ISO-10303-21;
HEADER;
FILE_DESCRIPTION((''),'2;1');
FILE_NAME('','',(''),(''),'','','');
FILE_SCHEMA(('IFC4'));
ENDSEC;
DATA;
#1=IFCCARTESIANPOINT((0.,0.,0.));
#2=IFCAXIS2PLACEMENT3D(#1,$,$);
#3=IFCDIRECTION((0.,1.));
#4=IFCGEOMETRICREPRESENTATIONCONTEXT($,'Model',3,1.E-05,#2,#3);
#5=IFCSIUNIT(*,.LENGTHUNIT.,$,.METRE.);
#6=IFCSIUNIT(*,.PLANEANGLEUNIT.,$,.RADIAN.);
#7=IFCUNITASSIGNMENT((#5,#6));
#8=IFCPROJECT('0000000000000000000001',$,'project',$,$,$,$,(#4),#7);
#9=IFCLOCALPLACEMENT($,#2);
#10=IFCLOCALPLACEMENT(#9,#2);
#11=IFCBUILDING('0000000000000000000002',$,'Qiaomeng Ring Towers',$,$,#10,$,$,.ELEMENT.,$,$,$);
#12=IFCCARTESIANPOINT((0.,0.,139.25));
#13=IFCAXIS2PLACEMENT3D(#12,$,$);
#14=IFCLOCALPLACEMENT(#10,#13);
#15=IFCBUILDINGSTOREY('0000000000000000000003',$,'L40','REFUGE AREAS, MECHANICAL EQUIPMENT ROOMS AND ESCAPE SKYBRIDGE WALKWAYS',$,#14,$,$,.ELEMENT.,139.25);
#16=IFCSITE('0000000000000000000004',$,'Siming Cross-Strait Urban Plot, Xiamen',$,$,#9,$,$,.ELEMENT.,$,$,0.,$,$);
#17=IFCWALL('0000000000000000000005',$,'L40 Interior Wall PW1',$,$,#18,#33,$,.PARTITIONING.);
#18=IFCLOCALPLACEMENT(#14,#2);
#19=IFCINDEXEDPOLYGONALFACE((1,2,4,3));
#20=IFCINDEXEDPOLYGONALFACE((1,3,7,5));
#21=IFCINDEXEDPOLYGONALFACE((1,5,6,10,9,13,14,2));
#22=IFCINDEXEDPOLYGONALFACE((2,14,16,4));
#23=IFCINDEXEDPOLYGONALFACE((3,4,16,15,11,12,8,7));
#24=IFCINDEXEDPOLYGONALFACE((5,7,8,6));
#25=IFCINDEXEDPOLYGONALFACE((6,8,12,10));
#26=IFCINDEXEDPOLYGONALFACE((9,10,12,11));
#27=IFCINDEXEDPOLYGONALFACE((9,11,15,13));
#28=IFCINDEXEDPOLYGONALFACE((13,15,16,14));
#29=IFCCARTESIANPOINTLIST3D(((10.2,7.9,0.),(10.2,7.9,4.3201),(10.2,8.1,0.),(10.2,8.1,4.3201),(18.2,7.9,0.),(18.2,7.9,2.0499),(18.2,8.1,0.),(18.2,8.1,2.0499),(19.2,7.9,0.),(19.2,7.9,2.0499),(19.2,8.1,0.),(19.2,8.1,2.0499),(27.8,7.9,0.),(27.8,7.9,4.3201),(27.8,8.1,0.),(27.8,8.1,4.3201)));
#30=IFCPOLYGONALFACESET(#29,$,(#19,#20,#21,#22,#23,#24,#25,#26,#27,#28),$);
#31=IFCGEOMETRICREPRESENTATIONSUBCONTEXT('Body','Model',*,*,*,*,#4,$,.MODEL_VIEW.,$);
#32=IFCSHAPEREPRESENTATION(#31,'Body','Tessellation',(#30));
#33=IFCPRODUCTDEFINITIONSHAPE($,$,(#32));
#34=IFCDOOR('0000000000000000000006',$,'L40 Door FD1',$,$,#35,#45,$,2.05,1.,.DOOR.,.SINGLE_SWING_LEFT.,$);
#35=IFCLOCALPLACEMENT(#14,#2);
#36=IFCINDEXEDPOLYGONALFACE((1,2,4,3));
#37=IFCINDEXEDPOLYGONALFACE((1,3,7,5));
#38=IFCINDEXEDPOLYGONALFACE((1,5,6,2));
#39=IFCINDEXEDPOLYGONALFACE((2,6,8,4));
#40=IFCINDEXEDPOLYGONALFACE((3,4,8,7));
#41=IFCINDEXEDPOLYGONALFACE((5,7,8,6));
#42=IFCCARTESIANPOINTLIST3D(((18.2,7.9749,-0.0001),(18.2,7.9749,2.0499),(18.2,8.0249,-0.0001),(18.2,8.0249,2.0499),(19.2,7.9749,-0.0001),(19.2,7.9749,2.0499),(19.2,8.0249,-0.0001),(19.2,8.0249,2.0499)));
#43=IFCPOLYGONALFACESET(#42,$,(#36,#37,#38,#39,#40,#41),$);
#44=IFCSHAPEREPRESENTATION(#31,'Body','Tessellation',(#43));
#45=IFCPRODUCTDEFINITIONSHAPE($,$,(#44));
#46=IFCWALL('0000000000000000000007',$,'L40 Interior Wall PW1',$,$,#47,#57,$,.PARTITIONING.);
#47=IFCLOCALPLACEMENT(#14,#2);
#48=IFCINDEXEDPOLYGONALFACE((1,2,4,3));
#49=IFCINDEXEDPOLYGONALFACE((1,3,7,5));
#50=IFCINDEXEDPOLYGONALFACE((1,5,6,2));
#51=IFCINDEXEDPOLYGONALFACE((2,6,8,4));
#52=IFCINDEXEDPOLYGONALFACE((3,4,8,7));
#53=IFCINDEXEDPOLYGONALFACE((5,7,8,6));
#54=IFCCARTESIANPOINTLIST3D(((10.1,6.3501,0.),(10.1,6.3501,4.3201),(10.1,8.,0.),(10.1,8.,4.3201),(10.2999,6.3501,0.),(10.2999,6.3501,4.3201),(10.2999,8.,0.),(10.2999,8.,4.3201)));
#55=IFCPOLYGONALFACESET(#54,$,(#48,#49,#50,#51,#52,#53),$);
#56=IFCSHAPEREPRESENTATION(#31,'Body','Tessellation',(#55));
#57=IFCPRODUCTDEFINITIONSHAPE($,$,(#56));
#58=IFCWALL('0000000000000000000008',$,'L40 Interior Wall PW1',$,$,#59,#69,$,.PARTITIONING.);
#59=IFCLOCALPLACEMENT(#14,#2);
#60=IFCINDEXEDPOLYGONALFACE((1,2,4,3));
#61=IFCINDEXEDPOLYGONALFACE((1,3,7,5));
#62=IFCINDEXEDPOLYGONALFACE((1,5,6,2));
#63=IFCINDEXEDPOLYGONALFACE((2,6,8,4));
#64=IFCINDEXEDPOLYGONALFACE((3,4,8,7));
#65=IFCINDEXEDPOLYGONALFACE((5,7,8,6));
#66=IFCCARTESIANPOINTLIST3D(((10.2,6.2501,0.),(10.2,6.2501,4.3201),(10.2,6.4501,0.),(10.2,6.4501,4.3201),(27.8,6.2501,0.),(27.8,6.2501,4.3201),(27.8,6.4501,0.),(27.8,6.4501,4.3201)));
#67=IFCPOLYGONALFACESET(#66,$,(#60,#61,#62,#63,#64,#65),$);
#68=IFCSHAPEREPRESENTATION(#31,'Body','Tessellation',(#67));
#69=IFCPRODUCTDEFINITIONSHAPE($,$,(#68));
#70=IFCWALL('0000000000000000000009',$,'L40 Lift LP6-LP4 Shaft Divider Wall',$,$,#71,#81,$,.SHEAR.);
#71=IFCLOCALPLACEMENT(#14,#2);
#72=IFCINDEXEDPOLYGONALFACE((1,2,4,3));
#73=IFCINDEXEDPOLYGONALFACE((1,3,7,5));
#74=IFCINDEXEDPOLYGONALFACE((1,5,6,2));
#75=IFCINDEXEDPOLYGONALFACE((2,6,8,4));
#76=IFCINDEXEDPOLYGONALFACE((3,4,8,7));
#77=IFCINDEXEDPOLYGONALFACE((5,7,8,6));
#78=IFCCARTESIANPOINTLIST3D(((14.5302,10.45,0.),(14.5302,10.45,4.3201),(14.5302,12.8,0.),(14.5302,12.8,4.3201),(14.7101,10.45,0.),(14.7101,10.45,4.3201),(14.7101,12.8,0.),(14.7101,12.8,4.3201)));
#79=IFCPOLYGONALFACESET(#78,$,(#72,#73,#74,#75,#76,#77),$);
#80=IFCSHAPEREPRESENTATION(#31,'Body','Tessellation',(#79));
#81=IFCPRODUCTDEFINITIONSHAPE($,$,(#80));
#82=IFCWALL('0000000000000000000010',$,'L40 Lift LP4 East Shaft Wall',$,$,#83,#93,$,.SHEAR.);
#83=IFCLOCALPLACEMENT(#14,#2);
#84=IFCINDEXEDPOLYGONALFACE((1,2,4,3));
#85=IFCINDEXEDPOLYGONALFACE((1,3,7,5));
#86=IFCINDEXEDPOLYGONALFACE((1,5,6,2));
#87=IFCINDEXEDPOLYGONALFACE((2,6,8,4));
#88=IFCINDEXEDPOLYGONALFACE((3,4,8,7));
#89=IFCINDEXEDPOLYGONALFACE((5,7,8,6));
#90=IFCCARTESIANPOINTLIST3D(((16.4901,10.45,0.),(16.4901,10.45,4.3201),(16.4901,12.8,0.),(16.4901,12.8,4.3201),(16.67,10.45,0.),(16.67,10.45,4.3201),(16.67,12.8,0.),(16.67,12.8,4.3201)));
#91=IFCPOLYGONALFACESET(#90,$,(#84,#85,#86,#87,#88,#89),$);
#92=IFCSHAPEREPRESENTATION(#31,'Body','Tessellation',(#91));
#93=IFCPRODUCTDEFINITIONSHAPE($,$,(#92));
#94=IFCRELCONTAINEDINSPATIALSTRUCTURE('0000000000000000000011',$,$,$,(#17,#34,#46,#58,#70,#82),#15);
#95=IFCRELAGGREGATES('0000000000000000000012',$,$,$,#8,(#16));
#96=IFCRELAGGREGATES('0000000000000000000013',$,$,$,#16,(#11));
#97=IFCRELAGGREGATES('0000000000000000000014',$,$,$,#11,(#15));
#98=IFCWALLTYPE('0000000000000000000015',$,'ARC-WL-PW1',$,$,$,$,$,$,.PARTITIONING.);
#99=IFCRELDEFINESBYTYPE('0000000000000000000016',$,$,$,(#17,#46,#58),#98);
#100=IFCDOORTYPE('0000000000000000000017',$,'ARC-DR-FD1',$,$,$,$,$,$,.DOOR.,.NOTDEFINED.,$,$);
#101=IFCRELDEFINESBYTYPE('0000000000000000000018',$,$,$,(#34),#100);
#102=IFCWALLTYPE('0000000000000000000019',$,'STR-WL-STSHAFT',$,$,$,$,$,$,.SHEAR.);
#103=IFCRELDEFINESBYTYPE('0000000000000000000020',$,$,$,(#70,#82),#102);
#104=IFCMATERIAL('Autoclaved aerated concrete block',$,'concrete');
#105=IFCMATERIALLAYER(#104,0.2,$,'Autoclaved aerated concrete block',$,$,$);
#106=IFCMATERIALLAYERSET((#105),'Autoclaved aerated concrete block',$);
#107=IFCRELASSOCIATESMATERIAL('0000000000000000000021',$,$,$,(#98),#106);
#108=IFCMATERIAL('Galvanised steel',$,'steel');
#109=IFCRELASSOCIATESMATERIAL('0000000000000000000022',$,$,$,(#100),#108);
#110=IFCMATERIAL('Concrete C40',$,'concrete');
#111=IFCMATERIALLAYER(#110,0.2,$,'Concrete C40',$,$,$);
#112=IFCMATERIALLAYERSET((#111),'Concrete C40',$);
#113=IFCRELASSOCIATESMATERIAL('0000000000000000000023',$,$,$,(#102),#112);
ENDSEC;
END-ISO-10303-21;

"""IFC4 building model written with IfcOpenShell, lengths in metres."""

from ifc_helpers import new_model, si_unit, direction, frame, frame_2d, origin, place, context, subcontext, project, spatial, rectangle, extrude, source, transform, mapped, material, layer, layer_set, type_object, element, fill, save


model = new_model("IFC4")

# Units and contexts
model_context = context("Model", 3, precision=1e-05, world=origin(), true_north=direction((0.0, 1.0)))
body_context = subcontext(model_context, "Body", "Model", "MODEL_VIEW")
ifc_project = project(units=[si_unit("LENGTHUNIT", "METRE"), si_unit("PLANEANGLEUNIT", "RADIAN")], contexts=[model_context])

# Site, building, storey
site_placement = place(None, origin())
site = spatial("IfcSite", under=ifc_project, at=site_placement, Name="Siming Cross-Strait Urban Plot, Xiamen", CompositionType="ELEMENT", RefElevation=0.0)
building_placement = place(site_placement, origin())
building = spatial("IfcBuilding", under=site, at=building_placement, Name="Qiaomeng Ring Towers", CompositionType="ELEMENT")
storey_placement = place(building_placement, frame((0.0, 0.0, 139.25)))
storey = spatial("IfcBuildingStorey", under=building, at=storey_placement, Name="L40", Description="REFUGE AREAS, MECHANICAL EQUIPMENT ROOMS AND ESCAPE SKYBRIDGE WALKWAYS", CompositionType="ELEMENT", Elevation=139.25)

# Shared definitions
ifc_material_1 = material(Name="Autoclaved aerated concrete block", Category="concrete")
ifc_layer_1 = layer(ifc_material_1, 0.2, Name="Autoclaved aerated concrete block")
ifc_layer_set_1 = layer_set([ifc_layer_1], Name="Autoclaved aerated concrete block")
wall_type_1 = type_object("IfcWallType", Name="ARC-WL-PW1", PredefinedType="PARTITIONING", material=ifc_layer_set_1)

# Wall, opening, door
wall_1_placement = place(storey_placement, frame((10.2, 8.0, 0.0), z_axis=(0.0, 0.0, 1.0), x_axis=(1.0, 0.0, 0.0)))
wall_1 = element("IfcWall", 1, at=wall_1_placement, inside=storey, type_object=wall_type_1, Name="L40 Interior Wall PW1", PredefinedType="PARTITIONING", context=body_context, shape_type="SweptSolid", body=[
    extrude(rectangle(XDim=17.6001, YDim=0.2, at=frame_2d((8.8, 0.0))), origin(), (0.0, 0.0, 1.0), 4.3201),
])
opening_1_placement = place(wall_1_placement, frame((8.0, 0.0, 0.0)))
opening_1 = element("IfcOpeningElement", 2, at=opening_1_placement, cuts=wall_1, PredefinedType="OPENING", context=body_context, shape_type="SweptSolid", body=[
    extrude(rectangle(XDim=1.0, YDim=2.05, at=frame_2d((0.5, 1.0249))), frame((0.0, 0.1099, 0.0), z_axis=(0.0, -1.0, 0.0), x_axis=(1.0, 0.0, 0.0)), (0.0, 0.0, 1.0), 0.22),
])
ifc_material_2 = material(Name="Galvanised steel", Category="steel")
door_type_1 = type_object("IfcDoorType", Name="ARC-DR-FD1", OperationType="NOTDEFINED", PredefinedType="DOOR", material=ifc_material_2)
shared_shape_1 = source(origin(), body_context, "Body", "SweptSolid", [
    extrude(rectangle(XDim=1.0, YDim=2.05, at=frame_2d((0.5, 1.0249))), frame((0.0, 0.0249, 0.0), z_axis=(0.0, -1.0, 0.0), x_axis=(1.0, 0.0, 0.0)), (0.0, 0.0, 1.0), 0.05),
])
door_1_placement = place(opening_1_placement, origin())
door_1 = element("IfcDoor", 3, at=door_1_placement, inside=storey, type_object=door_type_1, Name="L40 Door FD1", OperationType="SINGLE_SWING_LEFT", OverallHeight=2.05, OverallWidth=1.0, PredefinedType="DOOR", context=body_context, shape_type="MappedRepresentation", body=[
    mapped(shared_shape_1, transform((0.0, 0.0, 0.0), x_axis=(1.0, 0.0, 0.0), y_axis=(0.0, 1.0, 0.0), z_axis=(0.0, 0.0, 1.0), scale=1.0)),
])
fill(opening_1, door_1)

# Walls
wall_2_placement = place(storey_placement, frame((10.2, 6.3501, 0.0), z_axis=(0.0, 0.0, 1.0), x_axis=(0.0, 1.0, 0.0)))
element("IfcWall", 4, at=wall_2_placement, inside=storey, type_object=wall_type_1, Name="L40 Interior Wall PW1", PredefinedType="PARTITIONING", context=body_context, shape_type="SweptSolid", body=[
    extrude(rectangle(XDim=1.6499, YDim=0.2, at=frame_2d((0.825, 0.0))), origin(), (0.0, 0.0, 1.0), 4.3201),
])
wall_3_placement = place(storey_placement, frame((10.2, 6.3501, 0.0), z_axis=(0.0, 0.0, 1.0), x_axis=(1.0, 0.0, 0.0)))
element("IfcWall", 5, at=wall_3_placement, inside=storey, type_object=wall_type_1, Name="L40 Interior Wall PW1", PredefinedType="PARTITIONING", context=body_context, shape_type="SweptSolid", body=[
    extrude(rectangle(XDim=17.6001, YDim=0.2, at=frame_2d((8.8, 0.0))), origin(), (0.0, 0.0, 1.0), 4.3201),
])
ifc_material_3 = material(Name="Concrete C40", Category="concrete")
ifc_layer_2 = layer(ifc_material_3, 0.2, Name="Concrete C40")
ifc_layer_set_2 = layer_set([ifc_layer_2], Name="Concrete C40")
wall_type_2 = type_object("IfcWallType", Name="STR-WL-STSHAFT", PredefinedType="SHEAR", material=ifc_layer_set_2)
for number, where, z_axis, x_axis, name in (
    (6, (14.6201, 10.45, 0.0), (0.0, 0.0, 1.0), (0.0, 1.0, 0.0), "L40 Lift LP6-LP4 Shaft Divider Wall"),
    (7, (16.5801, 10.45, 0.0), (0.0, 0.0, 1.0), (0.0, 1.0, 0.0), "L40 Lift LP4 East Shaft Wall"),
):
    element("IfcWall", number, at=place(storey_placement, frame(where, z_axis=z_axis, x_axis=x_axis)), inside=storey, type_object=wall_type_2, Name=name, PredefinedType="SHEAR", context=body_context, shape_type="SweptSolid", body=[
        extrude(rectangle(XDim=2.3501, YDim=0.1799, at=frame_2d((1.175, 0.0))), origin(), (0.0, 0.0, 1.0), 4.3201),
    ])

save(model, "model.ifc")
